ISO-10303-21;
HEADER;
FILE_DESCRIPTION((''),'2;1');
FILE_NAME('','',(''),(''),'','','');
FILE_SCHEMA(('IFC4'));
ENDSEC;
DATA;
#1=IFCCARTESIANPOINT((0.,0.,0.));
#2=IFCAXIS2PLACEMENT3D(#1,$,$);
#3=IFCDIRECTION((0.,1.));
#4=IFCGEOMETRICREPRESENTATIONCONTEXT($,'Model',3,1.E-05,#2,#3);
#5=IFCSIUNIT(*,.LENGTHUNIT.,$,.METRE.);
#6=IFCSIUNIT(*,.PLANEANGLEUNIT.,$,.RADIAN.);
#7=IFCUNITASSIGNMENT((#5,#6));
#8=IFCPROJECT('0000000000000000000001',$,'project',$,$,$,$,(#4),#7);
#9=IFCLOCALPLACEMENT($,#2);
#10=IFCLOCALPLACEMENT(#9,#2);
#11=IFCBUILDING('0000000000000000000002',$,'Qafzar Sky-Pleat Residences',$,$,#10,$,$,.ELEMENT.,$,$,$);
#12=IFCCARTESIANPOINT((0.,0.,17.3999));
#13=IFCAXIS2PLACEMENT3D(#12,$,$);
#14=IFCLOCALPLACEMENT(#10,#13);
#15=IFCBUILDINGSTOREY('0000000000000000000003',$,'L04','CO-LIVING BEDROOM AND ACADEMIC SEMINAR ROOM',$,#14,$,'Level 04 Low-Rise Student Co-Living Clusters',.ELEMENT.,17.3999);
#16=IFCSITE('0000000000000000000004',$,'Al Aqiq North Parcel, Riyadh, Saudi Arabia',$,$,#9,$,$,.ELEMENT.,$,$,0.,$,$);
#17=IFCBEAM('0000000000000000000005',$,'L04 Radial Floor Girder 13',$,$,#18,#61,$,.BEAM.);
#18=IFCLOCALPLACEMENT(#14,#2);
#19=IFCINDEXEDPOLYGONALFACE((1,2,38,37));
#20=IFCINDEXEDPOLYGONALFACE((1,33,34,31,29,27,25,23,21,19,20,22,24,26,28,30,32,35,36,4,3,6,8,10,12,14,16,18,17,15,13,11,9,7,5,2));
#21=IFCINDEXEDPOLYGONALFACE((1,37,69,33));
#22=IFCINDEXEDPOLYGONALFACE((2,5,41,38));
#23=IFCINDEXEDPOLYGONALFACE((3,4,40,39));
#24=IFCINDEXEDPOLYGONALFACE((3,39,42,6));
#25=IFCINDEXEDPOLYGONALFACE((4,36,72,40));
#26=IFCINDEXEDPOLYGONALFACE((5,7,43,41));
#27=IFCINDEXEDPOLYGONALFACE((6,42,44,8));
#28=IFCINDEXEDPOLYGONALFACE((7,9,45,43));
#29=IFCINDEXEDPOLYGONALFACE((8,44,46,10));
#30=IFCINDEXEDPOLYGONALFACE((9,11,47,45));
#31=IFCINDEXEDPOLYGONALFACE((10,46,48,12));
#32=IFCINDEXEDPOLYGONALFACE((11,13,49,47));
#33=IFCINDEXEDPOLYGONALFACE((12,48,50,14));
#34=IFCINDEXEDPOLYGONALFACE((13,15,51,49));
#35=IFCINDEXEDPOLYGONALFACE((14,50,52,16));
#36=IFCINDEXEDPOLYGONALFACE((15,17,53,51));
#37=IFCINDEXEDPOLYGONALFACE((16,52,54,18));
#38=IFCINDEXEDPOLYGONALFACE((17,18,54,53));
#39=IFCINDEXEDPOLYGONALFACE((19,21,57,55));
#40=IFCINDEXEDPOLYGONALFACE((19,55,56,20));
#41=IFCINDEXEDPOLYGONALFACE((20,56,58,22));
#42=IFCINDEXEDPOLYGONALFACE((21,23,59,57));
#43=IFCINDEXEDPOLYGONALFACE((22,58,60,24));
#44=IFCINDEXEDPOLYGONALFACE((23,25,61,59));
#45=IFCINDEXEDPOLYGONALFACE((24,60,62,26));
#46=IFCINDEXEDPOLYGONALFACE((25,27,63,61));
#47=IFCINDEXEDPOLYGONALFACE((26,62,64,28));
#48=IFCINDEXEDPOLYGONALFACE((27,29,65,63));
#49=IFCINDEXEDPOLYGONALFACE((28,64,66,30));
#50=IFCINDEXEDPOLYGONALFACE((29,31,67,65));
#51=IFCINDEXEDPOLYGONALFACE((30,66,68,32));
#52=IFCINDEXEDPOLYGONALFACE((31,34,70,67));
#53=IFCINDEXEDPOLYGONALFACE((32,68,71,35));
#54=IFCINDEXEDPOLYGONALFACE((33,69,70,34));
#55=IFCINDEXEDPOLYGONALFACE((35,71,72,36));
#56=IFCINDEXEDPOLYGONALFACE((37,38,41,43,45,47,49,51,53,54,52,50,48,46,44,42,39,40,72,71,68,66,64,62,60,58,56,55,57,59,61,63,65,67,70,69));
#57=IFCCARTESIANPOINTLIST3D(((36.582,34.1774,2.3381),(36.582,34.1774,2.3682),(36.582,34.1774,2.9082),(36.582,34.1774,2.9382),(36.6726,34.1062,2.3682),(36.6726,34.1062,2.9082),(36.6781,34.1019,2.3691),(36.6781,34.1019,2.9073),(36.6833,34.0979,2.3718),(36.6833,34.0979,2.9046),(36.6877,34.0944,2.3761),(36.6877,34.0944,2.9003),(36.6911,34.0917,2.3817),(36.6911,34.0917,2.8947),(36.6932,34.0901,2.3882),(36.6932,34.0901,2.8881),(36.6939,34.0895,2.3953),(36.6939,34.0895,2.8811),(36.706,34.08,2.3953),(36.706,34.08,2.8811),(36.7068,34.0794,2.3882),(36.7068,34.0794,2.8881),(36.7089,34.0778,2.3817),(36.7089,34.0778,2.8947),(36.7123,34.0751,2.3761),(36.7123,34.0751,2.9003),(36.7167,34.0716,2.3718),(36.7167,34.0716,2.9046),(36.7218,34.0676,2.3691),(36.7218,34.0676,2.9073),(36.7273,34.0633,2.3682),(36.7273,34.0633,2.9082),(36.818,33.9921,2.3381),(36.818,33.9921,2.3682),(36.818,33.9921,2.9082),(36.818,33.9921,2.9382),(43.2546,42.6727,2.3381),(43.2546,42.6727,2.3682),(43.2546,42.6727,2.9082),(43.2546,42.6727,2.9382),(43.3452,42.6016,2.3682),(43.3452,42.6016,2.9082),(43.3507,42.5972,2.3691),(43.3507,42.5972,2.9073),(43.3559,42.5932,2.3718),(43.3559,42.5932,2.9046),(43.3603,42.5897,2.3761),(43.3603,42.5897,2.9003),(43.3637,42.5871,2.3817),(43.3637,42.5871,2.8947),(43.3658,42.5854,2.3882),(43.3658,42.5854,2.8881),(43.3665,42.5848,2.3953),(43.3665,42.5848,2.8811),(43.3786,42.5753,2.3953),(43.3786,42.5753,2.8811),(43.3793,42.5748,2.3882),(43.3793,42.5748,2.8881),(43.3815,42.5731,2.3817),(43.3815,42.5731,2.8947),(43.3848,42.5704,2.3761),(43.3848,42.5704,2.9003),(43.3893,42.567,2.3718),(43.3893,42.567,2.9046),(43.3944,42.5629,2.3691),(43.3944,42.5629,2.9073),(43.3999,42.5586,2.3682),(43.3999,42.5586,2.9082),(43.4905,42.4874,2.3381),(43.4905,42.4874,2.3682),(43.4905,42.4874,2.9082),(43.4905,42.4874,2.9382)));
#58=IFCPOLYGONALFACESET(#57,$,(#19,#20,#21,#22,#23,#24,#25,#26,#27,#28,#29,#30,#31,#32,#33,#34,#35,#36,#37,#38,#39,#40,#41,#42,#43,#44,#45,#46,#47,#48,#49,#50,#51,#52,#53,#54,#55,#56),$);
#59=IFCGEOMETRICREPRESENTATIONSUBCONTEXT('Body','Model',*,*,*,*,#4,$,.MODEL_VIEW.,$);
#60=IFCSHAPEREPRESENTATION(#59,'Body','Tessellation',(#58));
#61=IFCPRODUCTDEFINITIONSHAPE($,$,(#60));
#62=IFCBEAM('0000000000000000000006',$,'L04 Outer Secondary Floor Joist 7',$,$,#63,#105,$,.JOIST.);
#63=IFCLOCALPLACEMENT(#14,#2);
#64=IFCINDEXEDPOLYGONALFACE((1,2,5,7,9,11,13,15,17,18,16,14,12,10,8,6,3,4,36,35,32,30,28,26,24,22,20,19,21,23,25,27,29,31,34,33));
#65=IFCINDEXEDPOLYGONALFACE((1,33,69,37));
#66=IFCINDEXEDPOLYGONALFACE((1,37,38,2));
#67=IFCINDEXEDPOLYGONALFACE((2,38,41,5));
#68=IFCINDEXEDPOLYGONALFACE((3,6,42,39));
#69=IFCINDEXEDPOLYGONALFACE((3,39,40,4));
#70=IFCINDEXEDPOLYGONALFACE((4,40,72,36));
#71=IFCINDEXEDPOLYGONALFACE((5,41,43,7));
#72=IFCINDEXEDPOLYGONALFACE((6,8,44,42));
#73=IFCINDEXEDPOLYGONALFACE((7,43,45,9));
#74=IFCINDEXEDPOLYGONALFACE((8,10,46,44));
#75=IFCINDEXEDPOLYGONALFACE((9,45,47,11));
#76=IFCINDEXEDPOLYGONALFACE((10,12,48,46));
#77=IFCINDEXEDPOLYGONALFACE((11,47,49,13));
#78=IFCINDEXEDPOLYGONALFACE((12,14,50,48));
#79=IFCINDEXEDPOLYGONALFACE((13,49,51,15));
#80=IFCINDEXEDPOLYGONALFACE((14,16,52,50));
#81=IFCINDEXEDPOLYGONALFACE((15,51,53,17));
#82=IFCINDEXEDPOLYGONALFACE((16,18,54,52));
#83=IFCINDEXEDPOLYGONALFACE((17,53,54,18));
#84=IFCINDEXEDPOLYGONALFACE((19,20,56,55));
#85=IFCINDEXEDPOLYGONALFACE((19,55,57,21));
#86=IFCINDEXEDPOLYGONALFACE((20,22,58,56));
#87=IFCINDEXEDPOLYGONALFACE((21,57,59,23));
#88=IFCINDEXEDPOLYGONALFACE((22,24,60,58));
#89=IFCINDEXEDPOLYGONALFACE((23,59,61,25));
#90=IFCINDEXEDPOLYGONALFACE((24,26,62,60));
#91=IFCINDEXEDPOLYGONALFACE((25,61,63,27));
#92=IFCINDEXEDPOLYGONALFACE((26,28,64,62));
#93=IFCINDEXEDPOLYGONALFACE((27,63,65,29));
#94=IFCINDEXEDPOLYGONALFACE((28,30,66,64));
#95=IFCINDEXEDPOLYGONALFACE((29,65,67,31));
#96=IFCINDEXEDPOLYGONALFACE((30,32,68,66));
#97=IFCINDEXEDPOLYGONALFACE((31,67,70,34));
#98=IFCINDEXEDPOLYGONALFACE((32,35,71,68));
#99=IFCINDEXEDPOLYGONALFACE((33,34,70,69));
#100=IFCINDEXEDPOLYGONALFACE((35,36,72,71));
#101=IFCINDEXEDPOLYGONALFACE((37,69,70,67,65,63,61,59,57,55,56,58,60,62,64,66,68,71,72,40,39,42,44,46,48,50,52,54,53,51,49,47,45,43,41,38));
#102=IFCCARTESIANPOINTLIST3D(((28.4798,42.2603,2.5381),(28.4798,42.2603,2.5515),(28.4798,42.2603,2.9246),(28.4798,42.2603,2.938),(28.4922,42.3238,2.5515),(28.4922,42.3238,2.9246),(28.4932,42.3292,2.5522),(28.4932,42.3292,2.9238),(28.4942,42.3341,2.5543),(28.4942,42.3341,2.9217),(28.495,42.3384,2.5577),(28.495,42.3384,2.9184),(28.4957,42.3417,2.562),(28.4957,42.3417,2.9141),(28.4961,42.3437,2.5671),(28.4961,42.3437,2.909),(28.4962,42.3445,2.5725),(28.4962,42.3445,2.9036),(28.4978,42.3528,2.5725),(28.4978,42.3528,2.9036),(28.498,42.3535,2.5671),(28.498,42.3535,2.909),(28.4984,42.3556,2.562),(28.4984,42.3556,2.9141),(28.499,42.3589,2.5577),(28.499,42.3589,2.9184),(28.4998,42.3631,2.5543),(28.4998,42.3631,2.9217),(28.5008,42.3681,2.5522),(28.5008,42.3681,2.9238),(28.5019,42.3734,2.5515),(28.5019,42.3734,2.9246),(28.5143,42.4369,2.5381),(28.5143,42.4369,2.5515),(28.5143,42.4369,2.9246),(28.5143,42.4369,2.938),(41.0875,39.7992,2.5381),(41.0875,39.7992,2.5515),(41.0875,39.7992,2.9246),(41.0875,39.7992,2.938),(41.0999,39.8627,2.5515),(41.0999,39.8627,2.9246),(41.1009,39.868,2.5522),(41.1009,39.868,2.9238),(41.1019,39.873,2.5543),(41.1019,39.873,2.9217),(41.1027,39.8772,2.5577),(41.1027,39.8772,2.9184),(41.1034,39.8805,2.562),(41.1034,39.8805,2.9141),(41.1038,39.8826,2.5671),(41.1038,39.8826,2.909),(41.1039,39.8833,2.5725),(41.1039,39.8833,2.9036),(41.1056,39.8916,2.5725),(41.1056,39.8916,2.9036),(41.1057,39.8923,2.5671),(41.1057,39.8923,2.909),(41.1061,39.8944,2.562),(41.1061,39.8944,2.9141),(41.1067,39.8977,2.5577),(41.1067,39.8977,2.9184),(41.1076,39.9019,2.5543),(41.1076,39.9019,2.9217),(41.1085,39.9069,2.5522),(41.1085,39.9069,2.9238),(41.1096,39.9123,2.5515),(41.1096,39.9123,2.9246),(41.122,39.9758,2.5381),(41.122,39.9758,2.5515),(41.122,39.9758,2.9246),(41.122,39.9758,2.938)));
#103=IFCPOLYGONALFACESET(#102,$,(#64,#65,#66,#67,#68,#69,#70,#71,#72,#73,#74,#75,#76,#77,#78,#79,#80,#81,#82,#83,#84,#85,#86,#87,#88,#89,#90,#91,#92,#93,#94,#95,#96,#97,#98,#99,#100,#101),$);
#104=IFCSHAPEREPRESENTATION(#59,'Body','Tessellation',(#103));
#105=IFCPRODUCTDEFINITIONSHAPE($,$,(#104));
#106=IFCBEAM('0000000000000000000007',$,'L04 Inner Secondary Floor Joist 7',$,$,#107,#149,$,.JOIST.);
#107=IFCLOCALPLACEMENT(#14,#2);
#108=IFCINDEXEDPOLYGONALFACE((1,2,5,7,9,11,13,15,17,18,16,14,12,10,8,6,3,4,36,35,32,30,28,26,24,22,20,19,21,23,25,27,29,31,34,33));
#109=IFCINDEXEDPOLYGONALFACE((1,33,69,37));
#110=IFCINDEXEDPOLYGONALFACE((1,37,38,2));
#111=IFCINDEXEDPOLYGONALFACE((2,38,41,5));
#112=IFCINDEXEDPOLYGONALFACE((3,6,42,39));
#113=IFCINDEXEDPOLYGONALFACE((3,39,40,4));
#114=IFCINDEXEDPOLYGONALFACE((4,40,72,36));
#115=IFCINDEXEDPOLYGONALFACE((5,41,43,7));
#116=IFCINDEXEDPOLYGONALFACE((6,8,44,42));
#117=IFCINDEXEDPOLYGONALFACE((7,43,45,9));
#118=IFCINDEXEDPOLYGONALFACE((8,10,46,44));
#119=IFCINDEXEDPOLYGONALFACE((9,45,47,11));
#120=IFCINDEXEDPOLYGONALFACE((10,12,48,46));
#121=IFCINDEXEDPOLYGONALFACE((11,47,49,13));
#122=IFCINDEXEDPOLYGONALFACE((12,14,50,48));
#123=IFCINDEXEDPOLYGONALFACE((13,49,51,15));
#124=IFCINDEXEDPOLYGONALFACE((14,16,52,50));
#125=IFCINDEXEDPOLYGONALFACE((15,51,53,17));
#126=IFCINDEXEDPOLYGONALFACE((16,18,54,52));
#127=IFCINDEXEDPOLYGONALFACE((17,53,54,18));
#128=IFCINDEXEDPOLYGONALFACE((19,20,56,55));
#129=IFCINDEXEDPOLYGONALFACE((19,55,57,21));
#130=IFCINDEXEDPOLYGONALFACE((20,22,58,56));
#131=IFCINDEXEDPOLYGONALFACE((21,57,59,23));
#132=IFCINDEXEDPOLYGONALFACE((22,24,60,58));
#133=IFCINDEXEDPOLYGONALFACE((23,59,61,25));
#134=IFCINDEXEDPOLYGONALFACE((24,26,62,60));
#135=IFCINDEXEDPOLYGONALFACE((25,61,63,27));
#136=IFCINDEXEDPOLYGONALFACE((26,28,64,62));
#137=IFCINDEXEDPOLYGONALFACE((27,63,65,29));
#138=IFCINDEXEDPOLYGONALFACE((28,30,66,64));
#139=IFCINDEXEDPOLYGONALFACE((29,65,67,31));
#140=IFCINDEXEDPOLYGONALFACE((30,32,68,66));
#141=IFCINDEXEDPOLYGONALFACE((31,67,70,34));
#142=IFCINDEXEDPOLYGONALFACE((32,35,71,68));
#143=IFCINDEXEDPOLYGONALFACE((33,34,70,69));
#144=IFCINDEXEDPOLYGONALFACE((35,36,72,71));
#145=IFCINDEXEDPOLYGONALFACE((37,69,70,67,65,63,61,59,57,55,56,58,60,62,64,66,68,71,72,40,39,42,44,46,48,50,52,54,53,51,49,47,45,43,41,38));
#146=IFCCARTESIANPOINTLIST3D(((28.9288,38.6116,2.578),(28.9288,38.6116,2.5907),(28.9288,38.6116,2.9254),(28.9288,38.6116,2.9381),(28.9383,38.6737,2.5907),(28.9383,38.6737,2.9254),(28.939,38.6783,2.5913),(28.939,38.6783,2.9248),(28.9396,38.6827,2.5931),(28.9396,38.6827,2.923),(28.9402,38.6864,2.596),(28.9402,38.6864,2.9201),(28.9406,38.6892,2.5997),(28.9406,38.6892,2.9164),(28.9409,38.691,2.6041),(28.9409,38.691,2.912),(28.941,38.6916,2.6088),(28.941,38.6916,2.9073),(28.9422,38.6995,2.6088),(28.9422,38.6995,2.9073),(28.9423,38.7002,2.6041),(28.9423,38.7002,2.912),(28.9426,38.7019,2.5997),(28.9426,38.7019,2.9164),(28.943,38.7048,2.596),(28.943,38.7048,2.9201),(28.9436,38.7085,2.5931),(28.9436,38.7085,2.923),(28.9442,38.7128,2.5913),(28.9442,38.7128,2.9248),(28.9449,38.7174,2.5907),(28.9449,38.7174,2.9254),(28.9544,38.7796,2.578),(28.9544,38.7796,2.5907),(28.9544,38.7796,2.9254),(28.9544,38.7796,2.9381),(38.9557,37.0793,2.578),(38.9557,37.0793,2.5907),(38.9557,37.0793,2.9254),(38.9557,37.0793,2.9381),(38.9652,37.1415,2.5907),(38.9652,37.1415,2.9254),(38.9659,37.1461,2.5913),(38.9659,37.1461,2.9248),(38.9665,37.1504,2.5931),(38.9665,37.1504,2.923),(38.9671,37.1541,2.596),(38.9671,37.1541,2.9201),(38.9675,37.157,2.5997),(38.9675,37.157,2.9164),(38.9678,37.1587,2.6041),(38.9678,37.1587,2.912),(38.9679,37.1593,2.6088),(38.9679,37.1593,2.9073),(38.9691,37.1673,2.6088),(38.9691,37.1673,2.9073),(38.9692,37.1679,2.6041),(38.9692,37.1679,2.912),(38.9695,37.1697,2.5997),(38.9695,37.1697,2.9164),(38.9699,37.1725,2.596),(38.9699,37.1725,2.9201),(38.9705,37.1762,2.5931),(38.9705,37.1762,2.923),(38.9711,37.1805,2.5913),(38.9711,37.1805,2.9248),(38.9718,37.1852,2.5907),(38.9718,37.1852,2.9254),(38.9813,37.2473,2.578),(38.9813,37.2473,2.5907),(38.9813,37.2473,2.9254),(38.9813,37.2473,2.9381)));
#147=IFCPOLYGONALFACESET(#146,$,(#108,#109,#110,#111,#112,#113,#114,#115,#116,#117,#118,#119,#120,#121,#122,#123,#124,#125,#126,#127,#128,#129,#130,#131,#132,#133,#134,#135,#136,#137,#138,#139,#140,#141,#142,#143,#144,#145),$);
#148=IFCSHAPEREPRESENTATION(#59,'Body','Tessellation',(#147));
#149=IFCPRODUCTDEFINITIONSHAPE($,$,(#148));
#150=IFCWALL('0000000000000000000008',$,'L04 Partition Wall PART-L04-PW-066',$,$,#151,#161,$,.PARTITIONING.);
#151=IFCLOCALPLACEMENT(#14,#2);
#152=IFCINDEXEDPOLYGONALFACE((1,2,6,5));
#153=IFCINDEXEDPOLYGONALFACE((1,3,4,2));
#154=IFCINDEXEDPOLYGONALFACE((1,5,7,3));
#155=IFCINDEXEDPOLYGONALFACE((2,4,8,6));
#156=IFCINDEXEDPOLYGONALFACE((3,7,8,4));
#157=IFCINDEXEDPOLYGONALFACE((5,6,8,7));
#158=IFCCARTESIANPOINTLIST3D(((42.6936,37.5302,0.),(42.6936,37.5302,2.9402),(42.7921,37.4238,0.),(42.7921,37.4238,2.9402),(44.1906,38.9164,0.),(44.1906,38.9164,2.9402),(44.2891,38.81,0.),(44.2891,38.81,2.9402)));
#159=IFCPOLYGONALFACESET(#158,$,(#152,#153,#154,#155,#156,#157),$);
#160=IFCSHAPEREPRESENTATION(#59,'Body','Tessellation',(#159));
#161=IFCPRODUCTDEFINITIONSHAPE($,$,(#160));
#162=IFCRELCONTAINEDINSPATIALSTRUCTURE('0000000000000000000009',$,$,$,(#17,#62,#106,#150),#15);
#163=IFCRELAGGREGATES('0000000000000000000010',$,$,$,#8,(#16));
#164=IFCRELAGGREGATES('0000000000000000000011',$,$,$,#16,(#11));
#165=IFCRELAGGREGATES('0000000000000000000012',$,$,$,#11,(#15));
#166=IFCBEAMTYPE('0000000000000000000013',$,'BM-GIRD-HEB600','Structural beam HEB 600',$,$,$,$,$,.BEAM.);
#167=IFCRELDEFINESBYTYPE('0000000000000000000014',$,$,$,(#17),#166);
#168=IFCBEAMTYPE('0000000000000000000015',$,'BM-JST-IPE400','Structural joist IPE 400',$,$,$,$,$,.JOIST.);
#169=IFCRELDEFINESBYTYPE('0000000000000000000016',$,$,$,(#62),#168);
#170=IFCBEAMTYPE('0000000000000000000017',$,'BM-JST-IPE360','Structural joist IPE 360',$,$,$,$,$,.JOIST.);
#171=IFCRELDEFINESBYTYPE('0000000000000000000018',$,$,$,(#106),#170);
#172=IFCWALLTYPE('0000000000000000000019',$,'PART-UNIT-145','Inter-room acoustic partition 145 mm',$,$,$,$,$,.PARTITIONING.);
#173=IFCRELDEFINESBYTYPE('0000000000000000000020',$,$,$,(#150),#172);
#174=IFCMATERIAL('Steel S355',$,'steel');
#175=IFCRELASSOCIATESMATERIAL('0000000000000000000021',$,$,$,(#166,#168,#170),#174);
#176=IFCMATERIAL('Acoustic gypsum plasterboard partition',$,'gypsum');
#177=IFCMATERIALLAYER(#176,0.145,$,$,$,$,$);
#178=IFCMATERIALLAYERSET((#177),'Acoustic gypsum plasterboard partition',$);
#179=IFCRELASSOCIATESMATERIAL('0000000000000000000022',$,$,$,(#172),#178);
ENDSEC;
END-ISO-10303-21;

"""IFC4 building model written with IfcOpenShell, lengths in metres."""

from ifc_helpers import new_model, si_unit, direction, frame, frame_2d, origin, origin_2d, place, context, subcontext, project, spatial, rectangle, i_section, extrude, source, transform, mapped, material, layer, layer_set, material_profile, profile_set, type_object, element, save


model = new_model("IFC4")

# Units and contexts
model_context = context("Model", 3, precision=1e-05, world=origin(), true_north=direction((0.0, 1.0)))
body_context = subcontext(model_context, "Body", "Model", "MODEL_VIEW")
ifc_project = project(units=[si_unit("LENGTHUNIT", "METRE"), si_unit("PLANEANGLEUNIT", "RADIAN")], contexts=[model_context])

# Site, building, storey
site_placement = place(None, origin())
site = spatial("IfcSite", under=ifc_project, at=site_placement, Name="Al Aqiq North Parcel, Riyadh, Saudi Arabia", CompositionType="ELEMENT", RefElevation=0.0)
building_placement = place(site_placement, origin())
building = spatial("IfcBuilding", under=site, at=building_placement, Name="Qafzar Sky-Pleat Residences", CompositionType="ELEMENT")
storey_placement = place(building_placement, frame((0.0, 0.0, 17.3999)))
storey = spatial("IfcBuildingStorey", under=building, at=storey_placement, Name="L04", Description="CO-LIVING BEDROOM AND ACADEMIC SEMINAR ROOM", LongName="Level 04 Low-Rise Student Co-Living Clusters", CompositionType="ELEMENT", Elevation=17.3999)

# Beams
ifc_material_1 = material(Name="Steel S355", Category="steel")
ifc_material_profile_1 = material_profile(ifc_material_1, i_section(OverallWidth=0.3, OverallDepth=0.6001, WebThickness=0.0154, FlangeThickness=0.03, FilletRadius=0.0271, at=origin_2d()), Name="HEB 600")
ifc_profile_set_1 = profile_set([ifc_material_profile_1], Name="Steel S355")
beam_type_1 = type_object("IfcBeamType", Name="BM-GIRD-HEB600", Description="Structural beam HEB 600", PredefinedType="BEAM", material=ifc_profile_set_1)
shared_shape_1 = source(origin(), body_context, "Body", "SweptSolid", [
    extrude(i_section(OverallWidth=0.3, OverallDepth=0.6001, WebThickness=0.0154, FlangeThickness=0.03, FilletRadius=0.0271, at=origin_2d()), origin(), (0.0, 0.0, 1.0), 10.8025),
])
beam_1_placement = place(storey_placement, frame((43.3726, 42.5801, 2.6382), z_axis=(-0.617689, -0.786423, 0.0), x_axis=(0.786423, -0.617689, 0.0)))
element("IfcBeam", 1, at=beam_1_placement, inside=storey, type_object=beam_type_1, Name="L04 Radial Floor Girder 13", PredefinedType="BEAM", context=body_context, shape_type="MappedRepresentation", body=[
    mapped(shared_shape_1, transform((0.0, 0.0, 0.0), x_axis=(1.0, 0.0, 0.0), y_axis=(0.0, 1.0, 0.0), z_axis=(0.0, 0.0, 1.0), scale=1.0)),
])
ifc_material_profile_2 = material_profile(ifc_material_1, i_section(OverallWidth=0.1799, OverallDepth=0.3999, WebThickness=0.0085, FlangeThickness=0.0134, FilletRadius=0.021, at=origin_2d()), Name="IPE 400")
ifc_profile_set_2 = profile_set([ifc_material_profile_2], Name="Steel S355")
beam_type_2 = type_object("IfcBeamType", Name="BM-JST-IPE400", Description="Structural joist IPE 400", PredefinedType="JOIST", material=ifc_profile_set_2)
shared_shape_2 = source(origin(), body_context, "Body", "SweptSolid", [
    extrude(i_section(OverallWidth=0.1799, OverallDepth=0.3999, WebThickness=0.0085, FlangeThickness=0.0134, FilletRadius=0.021, at=origin_2d()), origin(), (0.0, 0.0, 1.0), 12.8457),
])
beam_2_placement = place(storey_placement, frame((41.1047, 39.8875, 2.738), z_axis=(-0.981474, 0.191597, 0.0), x_axis=(-0.191597, -0.981474, 0.0)))
element("IfcBeam", 2, at=beam_2_placement, inside=storey, type_object=beam_type_2, Name="L04 Outer Secondary Floor Joist 7", PredefinedType="JOIST", context=body_context, shape_type="MappedRepresentation", body=[
    mapped(shared_shape_2, transform((0.0, 0.0, 0.0), x_axis=(1.0, 0.0, 0.0), y_axis=(0.0, 1.0, 0.0), z_axis=(0.0, 0.0, 1.0), scale=1.0)),
])
ifc_material_profile_3 = material_profile(ifc_material_1, i_section(OverallWidth=0.1699, OverallDepth=0.3601, WebThickness=0.0081, FlangeThickness=0.0127, FilletRadius=0.0181, at=origin_2d()), Name="IPE 360")
ifc_profile_set_3 = profile_set([ifc_material_profile_3], Name="Steel S355")
beam_type_3 = type_object("IfcBeamType", Name="BM-JST-IPE360", Description="Structural joist IPE 360", PredefinedType="JOIST", material=ifc_profile_set_3)
shared_shape_3 = source(origin(), body_context, "Body", "SweptSolid", [
    extrude(i_section(OverallWidth=0.1699, OverallDepth=0.3601, WebThickness=0.0081, FlangeThickness=0.0127, FilletRadius=0.0181, at=origin_2d()), origin(), (0.0, 0.0, 1.0), 10.1433),
])
beam_3_placement = place(storey_placement, frame((38.9685, 37.1633, 2.7581), z_axis=(-0.988525, 0.151059, 0.0), x_axis=(-0.151059, -0.988525, 0.0)))
element("IfcBeam", 3, at=beam_3_placement, inside=storey, type_object=beam_type_3, Name="L04 Inner Secondary Floor Joist 7", PredefinedType="JOIST", context=body_context, shape_type="MappedRepresentation", body=[
    mapped(shared_shape_3, transform((0.0, 0.0, 0.0), x_axis=(1.0, 0.0, 0.0), y_axis=(0.0, 1.0, 0.0), z_axis=(0.0, 0.0, 1.0), scale=1.0)),
])

# Wall
ifc_material_2 = material(Name="Acoustic gypsum plasterboard partition", Category="gypsum")
ifc_layer_1 = layer(ifc_material_2, 0.145)
ifc_layer_set_1 = layer_set([ifc_layer_1], Name="Acoustic gypsum plasterboard partition")
wall_type_1 = type_object("IfcWallType", Name="PART-UNIT-145", Description="Inter-room acoustic partition 145 mm", PredefinedType="PARTITIONING", material=ifc_layer_set_1)
wall_1_placement = place(storey_placement, frame((42.7429, 37.4771, 0.0), z_axis=(0.0, 0.0, 1.0), x_axis=(0.733747, 0.679422, 0.0)))
element("IfcWall", 4, at=wall_1_placement, inside=storey, type_object=wall_type_1, Name="L04 Partition Wall PART-L04-PW-066", PredefinedType="PARTITIONING", context=body_context, shape_type="SweptSolid", body=[
    extrude(rectangle(XDim=2.0403, YDim=0.145, at=frame_2d((1.02, 0.0))), origin(), (0.0, 0.0, 1.0), 2.9402),
])

save(model, "model.ifc")
